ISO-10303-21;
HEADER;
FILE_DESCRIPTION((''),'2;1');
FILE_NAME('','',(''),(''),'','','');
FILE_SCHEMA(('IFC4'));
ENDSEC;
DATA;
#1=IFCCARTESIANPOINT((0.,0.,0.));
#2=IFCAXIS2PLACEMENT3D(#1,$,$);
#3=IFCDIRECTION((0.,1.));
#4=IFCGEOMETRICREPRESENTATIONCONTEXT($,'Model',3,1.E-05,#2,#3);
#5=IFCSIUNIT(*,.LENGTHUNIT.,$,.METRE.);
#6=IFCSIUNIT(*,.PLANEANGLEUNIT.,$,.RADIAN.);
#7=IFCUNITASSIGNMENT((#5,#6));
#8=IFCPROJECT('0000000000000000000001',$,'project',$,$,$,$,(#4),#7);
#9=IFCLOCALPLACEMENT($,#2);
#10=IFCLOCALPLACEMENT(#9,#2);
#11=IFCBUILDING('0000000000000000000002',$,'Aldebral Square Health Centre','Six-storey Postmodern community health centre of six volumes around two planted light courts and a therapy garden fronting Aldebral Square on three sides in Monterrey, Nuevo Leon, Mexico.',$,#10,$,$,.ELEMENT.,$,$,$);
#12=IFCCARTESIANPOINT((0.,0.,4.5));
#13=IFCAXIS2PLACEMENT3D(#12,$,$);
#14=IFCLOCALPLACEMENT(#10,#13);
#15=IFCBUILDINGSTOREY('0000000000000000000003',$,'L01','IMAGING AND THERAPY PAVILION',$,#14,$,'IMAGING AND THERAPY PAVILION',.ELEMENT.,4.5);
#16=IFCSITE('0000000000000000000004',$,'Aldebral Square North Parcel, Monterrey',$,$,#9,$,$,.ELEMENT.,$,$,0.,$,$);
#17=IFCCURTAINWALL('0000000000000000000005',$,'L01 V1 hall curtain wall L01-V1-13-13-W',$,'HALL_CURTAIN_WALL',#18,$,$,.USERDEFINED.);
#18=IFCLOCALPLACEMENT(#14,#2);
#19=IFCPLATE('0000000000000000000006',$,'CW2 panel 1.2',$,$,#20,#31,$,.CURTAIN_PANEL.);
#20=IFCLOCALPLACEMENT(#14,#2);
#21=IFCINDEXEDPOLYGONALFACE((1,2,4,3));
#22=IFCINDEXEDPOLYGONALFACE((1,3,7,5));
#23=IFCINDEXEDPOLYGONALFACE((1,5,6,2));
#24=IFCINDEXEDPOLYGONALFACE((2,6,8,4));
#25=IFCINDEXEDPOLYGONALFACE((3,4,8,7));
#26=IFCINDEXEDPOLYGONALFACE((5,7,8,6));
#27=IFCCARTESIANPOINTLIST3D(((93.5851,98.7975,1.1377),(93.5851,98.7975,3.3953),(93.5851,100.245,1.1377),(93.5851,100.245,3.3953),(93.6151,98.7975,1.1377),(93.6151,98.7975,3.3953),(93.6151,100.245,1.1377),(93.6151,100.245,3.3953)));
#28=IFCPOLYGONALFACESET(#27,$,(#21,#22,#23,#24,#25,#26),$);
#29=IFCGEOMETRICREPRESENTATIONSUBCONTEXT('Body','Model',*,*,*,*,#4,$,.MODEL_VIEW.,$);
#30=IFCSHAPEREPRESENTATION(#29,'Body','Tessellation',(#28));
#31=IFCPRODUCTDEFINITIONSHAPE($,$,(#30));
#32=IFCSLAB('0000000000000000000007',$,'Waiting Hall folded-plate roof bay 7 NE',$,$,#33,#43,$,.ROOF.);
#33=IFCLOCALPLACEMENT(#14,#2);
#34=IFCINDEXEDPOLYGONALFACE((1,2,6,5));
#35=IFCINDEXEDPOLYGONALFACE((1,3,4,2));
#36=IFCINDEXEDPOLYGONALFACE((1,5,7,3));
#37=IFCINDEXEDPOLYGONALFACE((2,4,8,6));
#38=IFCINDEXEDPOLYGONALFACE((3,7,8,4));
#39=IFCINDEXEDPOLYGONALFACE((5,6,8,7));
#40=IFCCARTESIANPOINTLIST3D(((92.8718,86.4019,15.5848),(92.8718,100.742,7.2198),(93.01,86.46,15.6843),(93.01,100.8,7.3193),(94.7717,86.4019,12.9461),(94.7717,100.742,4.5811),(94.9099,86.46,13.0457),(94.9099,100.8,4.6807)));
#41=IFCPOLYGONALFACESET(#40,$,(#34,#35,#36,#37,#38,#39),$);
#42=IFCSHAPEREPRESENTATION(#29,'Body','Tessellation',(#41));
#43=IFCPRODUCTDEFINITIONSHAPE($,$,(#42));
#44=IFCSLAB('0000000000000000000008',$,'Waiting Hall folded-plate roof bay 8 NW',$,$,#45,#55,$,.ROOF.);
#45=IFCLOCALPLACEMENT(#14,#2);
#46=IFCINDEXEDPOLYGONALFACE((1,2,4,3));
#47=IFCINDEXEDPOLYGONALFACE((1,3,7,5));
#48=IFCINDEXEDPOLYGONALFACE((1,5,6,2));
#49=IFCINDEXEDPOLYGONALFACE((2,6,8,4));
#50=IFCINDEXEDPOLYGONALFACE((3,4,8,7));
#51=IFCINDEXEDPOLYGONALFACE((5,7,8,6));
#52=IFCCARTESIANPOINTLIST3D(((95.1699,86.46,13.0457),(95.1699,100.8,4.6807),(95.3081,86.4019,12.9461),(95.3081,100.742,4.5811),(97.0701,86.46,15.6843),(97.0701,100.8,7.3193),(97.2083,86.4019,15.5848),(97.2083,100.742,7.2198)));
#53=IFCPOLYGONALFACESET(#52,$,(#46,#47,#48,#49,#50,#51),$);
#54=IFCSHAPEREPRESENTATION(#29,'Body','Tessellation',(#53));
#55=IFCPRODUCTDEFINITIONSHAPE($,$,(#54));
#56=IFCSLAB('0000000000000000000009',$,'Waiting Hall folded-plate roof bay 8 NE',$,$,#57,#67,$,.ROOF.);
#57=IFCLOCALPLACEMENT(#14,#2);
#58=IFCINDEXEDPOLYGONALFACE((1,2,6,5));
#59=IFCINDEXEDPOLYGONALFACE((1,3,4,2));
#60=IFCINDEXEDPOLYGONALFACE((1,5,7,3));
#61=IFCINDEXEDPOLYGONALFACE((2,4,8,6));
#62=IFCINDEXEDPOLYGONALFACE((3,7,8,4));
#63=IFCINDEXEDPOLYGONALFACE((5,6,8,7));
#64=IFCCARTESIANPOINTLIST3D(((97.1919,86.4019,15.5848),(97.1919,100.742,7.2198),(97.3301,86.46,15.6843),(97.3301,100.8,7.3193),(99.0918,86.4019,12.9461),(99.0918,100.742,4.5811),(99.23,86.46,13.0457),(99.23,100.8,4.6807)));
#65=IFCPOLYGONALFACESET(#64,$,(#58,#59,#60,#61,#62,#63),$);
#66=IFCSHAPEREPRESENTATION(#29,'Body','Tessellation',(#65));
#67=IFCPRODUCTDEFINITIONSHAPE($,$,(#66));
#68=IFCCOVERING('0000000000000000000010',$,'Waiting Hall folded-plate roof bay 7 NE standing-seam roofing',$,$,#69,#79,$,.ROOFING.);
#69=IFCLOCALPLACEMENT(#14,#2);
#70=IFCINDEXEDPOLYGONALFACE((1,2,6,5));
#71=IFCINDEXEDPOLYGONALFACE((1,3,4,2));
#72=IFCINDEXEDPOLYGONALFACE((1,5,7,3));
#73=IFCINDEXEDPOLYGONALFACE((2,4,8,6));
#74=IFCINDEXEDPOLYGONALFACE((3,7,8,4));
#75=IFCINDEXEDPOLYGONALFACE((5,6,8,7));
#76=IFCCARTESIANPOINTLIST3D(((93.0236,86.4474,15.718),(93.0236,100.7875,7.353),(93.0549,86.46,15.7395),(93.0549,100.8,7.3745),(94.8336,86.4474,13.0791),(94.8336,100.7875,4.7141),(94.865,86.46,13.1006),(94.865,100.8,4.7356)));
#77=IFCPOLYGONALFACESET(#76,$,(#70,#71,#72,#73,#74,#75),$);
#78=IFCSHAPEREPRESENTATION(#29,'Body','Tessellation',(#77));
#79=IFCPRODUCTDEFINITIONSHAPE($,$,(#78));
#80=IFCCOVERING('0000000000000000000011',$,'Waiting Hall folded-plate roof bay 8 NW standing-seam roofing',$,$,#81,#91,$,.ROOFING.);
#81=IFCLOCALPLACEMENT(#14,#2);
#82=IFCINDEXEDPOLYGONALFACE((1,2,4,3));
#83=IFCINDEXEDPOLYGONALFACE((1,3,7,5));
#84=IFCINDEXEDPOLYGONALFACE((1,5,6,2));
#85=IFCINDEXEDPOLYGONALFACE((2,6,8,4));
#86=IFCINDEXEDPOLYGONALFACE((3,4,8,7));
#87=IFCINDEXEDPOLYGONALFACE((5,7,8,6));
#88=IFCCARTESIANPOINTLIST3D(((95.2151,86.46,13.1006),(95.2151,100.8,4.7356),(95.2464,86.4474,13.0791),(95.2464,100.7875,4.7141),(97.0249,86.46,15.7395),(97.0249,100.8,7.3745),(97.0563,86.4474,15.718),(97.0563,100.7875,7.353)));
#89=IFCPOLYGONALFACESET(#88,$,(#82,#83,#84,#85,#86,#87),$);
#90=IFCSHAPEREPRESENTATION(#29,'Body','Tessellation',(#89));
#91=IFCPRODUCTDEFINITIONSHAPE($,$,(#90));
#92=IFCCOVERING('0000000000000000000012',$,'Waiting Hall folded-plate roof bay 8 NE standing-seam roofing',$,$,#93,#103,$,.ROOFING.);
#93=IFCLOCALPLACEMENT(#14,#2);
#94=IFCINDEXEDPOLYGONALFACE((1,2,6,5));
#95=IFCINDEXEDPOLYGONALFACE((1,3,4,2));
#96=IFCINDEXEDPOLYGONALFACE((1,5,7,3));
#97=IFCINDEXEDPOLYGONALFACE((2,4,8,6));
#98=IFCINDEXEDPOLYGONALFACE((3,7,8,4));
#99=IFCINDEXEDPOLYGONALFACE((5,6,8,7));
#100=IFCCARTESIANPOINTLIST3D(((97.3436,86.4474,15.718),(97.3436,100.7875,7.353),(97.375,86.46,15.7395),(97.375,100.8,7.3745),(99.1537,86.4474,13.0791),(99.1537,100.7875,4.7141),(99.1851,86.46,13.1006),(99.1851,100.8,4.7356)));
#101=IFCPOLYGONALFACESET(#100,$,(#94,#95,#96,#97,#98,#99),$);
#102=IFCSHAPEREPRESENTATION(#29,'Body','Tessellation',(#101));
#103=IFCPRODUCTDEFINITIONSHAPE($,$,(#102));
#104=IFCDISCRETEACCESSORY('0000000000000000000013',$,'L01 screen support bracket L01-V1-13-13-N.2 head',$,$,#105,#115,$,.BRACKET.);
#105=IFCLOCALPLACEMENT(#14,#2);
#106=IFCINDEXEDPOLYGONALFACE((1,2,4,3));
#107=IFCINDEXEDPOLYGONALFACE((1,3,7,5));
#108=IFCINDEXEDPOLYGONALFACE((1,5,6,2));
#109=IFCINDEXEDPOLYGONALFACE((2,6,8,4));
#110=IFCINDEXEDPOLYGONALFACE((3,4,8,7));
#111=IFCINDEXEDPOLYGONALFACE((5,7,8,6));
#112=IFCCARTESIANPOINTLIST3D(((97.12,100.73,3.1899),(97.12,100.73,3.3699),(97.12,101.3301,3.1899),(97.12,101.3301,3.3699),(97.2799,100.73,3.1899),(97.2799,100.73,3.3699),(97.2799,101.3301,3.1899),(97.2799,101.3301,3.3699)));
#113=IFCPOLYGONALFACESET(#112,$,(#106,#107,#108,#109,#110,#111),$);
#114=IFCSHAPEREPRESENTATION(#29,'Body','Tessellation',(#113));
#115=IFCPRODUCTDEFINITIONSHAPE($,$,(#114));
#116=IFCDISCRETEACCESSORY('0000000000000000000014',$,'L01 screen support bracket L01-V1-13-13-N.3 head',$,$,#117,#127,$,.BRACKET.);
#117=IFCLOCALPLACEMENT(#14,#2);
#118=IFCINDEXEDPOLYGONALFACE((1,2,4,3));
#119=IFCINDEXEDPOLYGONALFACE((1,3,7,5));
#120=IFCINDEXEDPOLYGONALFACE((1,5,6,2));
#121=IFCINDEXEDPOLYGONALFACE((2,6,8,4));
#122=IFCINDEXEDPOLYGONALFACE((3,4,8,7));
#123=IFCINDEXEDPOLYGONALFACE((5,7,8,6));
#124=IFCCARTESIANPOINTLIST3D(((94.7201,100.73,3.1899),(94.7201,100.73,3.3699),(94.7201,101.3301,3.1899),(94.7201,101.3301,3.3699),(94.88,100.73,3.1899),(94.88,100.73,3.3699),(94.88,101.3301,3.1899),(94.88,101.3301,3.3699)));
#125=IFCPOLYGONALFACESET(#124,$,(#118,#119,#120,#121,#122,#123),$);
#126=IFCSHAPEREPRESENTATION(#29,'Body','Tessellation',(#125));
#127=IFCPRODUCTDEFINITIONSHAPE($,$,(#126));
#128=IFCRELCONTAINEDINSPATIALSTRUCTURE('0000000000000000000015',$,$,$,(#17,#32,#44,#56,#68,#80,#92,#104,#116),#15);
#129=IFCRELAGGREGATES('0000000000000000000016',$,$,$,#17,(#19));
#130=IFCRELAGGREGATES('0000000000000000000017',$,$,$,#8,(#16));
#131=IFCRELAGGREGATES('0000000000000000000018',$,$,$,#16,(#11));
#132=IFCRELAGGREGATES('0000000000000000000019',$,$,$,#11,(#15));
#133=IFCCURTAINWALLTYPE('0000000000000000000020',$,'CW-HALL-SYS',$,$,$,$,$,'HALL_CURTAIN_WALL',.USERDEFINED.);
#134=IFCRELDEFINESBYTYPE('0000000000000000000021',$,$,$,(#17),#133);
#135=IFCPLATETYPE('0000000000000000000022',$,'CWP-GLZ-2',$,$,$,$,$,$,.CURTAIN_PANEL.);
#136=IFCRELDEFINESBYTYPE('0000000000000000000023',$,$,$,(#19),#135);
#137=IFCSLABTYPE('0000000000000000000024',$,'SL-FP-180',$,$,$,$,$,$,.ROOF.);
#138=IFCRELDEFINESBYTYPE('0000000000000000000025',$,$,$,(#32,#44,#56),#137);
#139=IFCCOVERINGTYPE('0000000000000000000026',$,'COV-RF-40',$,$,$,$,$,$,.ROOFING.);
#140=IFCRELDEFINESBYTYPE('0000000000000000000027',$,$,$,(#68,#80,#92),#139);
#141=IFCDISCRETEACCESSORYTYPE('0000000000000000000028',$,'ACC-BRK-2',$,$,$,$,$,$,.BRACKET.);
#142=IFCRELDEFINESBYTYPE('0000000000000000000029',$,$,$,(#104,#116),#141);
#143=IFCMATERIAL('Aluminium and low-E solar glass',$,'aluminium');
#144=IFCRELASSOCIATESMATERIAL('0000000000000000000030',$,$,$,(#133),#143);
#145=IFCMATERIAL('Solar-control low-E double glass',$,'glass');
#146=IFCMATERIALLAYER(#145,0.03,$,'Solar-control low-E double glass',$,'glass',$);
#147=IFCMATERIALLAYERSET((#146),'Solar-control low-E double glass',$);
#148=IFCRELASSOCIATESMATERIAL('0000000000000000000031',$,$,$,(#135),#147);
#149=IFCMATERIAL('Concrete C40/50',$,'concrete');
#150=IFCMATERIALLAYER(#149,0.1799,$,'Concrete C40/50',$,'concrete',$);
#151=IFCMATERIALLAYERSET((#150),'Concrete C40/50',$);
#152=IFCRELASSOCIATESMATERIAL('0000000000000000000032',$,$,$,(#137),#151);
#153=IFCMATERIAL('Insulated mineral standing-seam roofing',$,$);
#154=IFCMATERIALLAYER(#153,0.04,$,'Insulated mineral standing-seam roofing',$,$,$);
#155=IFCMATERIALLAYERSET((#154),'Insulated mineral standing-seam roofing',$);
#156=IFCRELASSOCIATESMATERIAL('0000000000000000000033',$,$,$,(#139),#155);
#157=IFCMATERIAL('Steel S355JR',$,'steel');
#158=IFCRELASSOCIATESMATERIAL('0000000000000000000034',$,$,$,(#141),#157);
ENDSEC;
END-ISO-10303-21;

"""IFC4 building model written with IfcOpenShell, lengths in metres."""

from ifc_helpers import new_model, si_unit, direction, frame, origin, origin_2d, place, context, subcontext, project, spatial, polyline, rectangle, outline, extrude, material, layer, layer_set, type_object, element, aggregate, save


model = new_model("IFC4")

# Units and contexts
model_context = context("Model", 3, precision=1e-05, world=origin(), true_north=direction((0.0, 1.0)))
body_context = subcontext(model_context, "Body", "Model", "MODEL_VIEW")
ifc_project = project(units=[si_unit("LENGTHUNIT", "METRE"), si_unit("PLANEANGLEUNIT", "RADIAN")], contexts=[model_context])

# Site, building, storey
site_placement = place(None, origin())
site = spatial("IfcSite", under=ifc_project, at=site_placement, Name="Aldebral Square North Parcel, Monterrey", CompositionType="ELEMENT", RefElevation=0.0)
building_placement = place(site_placement, origin())
building = spatial("IfcBuilding", under=site, at=building_placement, Name="Aldebral Square Health Centre", Description="Six-storey Postmodern community health centre of six volumes around two planted light courts and a therapy garden fronting Aldebral Square on three sides in Monterrey, Nuevo Leon, Mexico.", CompositionType="ELEMENT")
storey_placement = place(building_placement, frame((0.0, 0.0, 4.5)))
storey = spatial("IfcBuildingStorey", under=building, at=storey_placement, Name="L01", Description="IMAGING AND THERAPY PAVILION", LongName="IMAGING AND THERAPY PAVILION", CompositionType="ELEMENT", Elevation=4.5)

# Shared definitions
ifc_material_1 = material(Name="Concrete C40/50", Category="concrete")

# Shared definitions
ifc_material_2 = material(Name="Aluminium and low-E solar glass", Category="aluminium")
curtain_wall_type = type_object("IfcCurtainWallType", Name="CW-HALL-SYS", ElementType="HALL_CURTAIN_WALL", PredefinedType="USERDEFINED", material=ifc_material_2)

# Curtain wall
curtain_wall_1_placement = place(storey_placement, origin())
curtain_wall_1 = element("IfcCurtainWall", 1, at=curtain_wall_1_placement, inside=storey, type_object=curtain_wall_type, Name="L01 V1 hall curtain wall L01-V1-13-13-W", ObjectType="HALL_CURTAIN_WALL", PredefinedType="USERDEFINED")

# Plate
ifc_material_3 = material(Name="Solar-control low-E double glass", Category="glass")
ifc_layer_1 = layer(ifc_material_3, 0.03, Name="Solar-control low-E double glass", Category="glass")
ifc_layer_set_1 = layer_set([ifc_layer_1], Name="Solar-control low-E double glass")
plate_type = type_object("IfcPlateType", Name="CWP-GLZ-2", PredefinedType="CURTAIN_PANEL", material=ifc_layer_set_1)
plate_1_placement = place(storey_placement, frame((93.6001, 99.5212, 1.1377), z_axis=(0.0, 0.0, 1.0), x_axis=(0.0, -1.0, 0.0)))
plate_1 = element("IfcPlate", 2, at=plate_1_placement, type_object=plate_type, Name="CW2 panel 1.2", PredefinedType="CURTAIN_PANEL", context=body_context, shape_type="SweptSolid", body=[
    extrude(rectangle(XDim=1.4475, YDim=0.03, at=origin_2d()), origin(), (0.0, 0.0, 1.0), 2.2576),
])
aggregate(curtain_wall_1, [plate_1])

# Slabs
ifc_layer_2 = layer(ifc_material_1, 0.1799, Name="Concrete C40/50", Category="concrete")
ifc_layer_set_2 = layer_set([ifc_layer_2], Name="Concrete C40/50")
slab_type = type_object("IfcSlabType", Name="SL-FP-180", PredefinedType="ROOF", material=ifc_layer_set_2)
slab_1_placement = place(storey_placement, frame((94.9099, 100.8, 4.6807), z_axis=(0.768132, 0.322623, 0.553072), x_axis=(-0.584317, 0.0, 0.811526)))
element("IfcSlab", 3, at=slab_1_placement, inside=storey, type_object=slab_type, Name="Waiting Hall folded-plate roof bay 7 NE", PredefinedType="ROOF", context=body_context, shape_type="SweptSolid", body=[
    extrude(outline(polyline([(0.0, 0.0), (3.2515, 0.0), (10.0399, 15.1502), (6.7884, 15.1502), (0.0, 0.0)])), origin(), (0.0, 0.0, -1.0), 0.1799),
])
slab_2_placement = place(storey_placement, frame((97.0701, 100.8, 7.3193), z_axis=(-0.768091, 0.322647, 0.553114), x_axis=(-0.584366, 0.0, -0.81149)))
element("IfcSlab", 4, at=slab_2_placement, inside=storey, type_object=slab_type, Name="Waiting Hall folded-plate roof bay 8 NW", PredefinedType="ROOF", context=body_context, shape_type="SweptSolid", body=[
    extrude(outline(polyline([(0.0, 0.0), (3.2516, 0.0), (-3.5365, 15.1503), (-6.7881, 15.1503), (0.0, 0.0)])), origin(), (0.0, 0.0, -1.0), 0.1799),
])
slab_3_placement = place(storey_placement, frame((99.23, 100.8, 4.6807), z_axis=(0.768132, 0.322623, 0.553072), x_axis=(-0.584317, 0.0, 0.811526)))
element("IfcSlab", 5, at=slab_3_placement, inside=storey, type_object=slab_type, Name="Waiting Hall folded-plate roof bay 8 NE", PredefinedType="ROOF", context=body_context, shape_type="SweptSolid", body=[
    extrude(outline(polyline([(0.0, 0.0), (3.2515, 0.0), (10.0399, 15.1502), (6.7884, 15.1502), (0.0, 0.0)])), origin(), (0.0, 0.0, -1.0), 0.1799),
])

# Coverings
ifc_material_4 = material(Name="Insulated mineral standing-seam roofing")
ifc_layer_3 = layer(ifc_material_4, 0.04, Name="Insulated mineral standing-seam roofing")
ifc_layer_set_3 = layer_set([ifc_layer_3], Name="Insulated mineral standing-seam roofing")
covering_type = type_object("IfcCoveringType", Name="COV-RF-40", PredefinedType="ROOFING", material=ifc_layer_set_3)
covering_1_placement = place(storey_placement, frame((94.865, 100.8, 4.7356), z_axis=(0.783126, 0.313337, 0.537154), x_axis=(-0.565638, 0.0, 0.824654)))
element("IfcCovering", 6, at=covering_1_placement, inside=storey, type_object=covering_type, Name="Waiting Hall folded-plate roof bay 7 NE standing-seam roofing", PredefinedType="ROOFING", context=body_context, shape_type="SweptSolid", body=[
    extrude(outline(polyline([(0.0, 0.0), (3.2, 0.0), (10.0982, 15.1005), (6.8982, 15.1005), (0.0, 0.0)])), origin(), (0.0, 0.0, -1.0), 0.04),
])
covering_2_placement = place(storey_placement, frame((97.0249, 100.8, 7.3745), z_axis=(-0.783166, 0.313311, 0.537109), x_axis=(-0.565586, 0.0, -0.824689)))
element("IfcCovering", 7, at=covering_2_placement, inside=storey, type_object=covering_type, Name="Waiting Hall folded-plate roof bay 8 NW standing-seam roofing", PredefinedType="ROOFING", context=body_context, shape_type="SweptSolid", body=[
    extrude(outline(polyline([(0.0, 0.0), (3.1999, 0.0), (-3.6986, 15.1004), (-6.8985, 15.1004), (0.0, 0.0)])), origin(), (0.0, 0.0, -1.0), 0.04),
])
covering_3_placement = place(storey_placement, frame((99.1851, 100.8, 4.7356), z_axis=(0.783126, 0.313337, 0.537154), x_axis=(-0.565638, 0.0, 0.824654)))
element("IfcCovering", 8, at=covering_3_placement, inside=storey, type_object=covering_type, Name="Waiting Hall folded-plate roof bay 8 NE standing-seam roofing", PredefinedType="ROOFING", context=body_context, shape_type="SweptSolid", body=[
    extrude(outline(polyline([(0.0, 0.0), (3.2, 0.0), (10.0982, 15.1005), (6.8982, 15.1005), (0.0, 0.0)])), origin(), (0.0, 0.0, -1.0), 0.04),
])

# Discrete accessories
ifc_material_5 = material(Name="Steel S355JR", Category="steel")
discrete_accessory_type = type_object("IfcDiscreteAccessoryType", Name="ACC-BRK-2", PredefinedType="BRACKET", material=ifc_material_5)
for number, where, z_axis, x_axis, name in (
    (9, (97.2, 101.03, 3.1899), (0.0, 0.0, 1.0), (1.0, 0.0, 0.0), "L01 screen support bracket L01-V1-13-13-N.2 head"),
    (10, (94.8, 101.03, 3.1899), (0.0, 0.0, 1.0), (1.0, 0.0, 0.0), "L01 screen support bracket L01-V1-13-13-N.3 head"),
):
    element("IfcDiscreteAccessory", number, at=place(storey_placement, frame(where, z_axis=z_axis, x_axis=x_axis)), inside=storey, type_object=discrete_accessory_type, Name=name, PredefinedType="BRACKET", context=body_context, shape_type="SweptSolid", body=[
        extrude(rectangle(XDim=0.1599, YDim=0.6001, at=origin_2d()), origin(), (0.0, 0.0, 1.0), 0.1799),
    ])

save(model, "model.ifc")
